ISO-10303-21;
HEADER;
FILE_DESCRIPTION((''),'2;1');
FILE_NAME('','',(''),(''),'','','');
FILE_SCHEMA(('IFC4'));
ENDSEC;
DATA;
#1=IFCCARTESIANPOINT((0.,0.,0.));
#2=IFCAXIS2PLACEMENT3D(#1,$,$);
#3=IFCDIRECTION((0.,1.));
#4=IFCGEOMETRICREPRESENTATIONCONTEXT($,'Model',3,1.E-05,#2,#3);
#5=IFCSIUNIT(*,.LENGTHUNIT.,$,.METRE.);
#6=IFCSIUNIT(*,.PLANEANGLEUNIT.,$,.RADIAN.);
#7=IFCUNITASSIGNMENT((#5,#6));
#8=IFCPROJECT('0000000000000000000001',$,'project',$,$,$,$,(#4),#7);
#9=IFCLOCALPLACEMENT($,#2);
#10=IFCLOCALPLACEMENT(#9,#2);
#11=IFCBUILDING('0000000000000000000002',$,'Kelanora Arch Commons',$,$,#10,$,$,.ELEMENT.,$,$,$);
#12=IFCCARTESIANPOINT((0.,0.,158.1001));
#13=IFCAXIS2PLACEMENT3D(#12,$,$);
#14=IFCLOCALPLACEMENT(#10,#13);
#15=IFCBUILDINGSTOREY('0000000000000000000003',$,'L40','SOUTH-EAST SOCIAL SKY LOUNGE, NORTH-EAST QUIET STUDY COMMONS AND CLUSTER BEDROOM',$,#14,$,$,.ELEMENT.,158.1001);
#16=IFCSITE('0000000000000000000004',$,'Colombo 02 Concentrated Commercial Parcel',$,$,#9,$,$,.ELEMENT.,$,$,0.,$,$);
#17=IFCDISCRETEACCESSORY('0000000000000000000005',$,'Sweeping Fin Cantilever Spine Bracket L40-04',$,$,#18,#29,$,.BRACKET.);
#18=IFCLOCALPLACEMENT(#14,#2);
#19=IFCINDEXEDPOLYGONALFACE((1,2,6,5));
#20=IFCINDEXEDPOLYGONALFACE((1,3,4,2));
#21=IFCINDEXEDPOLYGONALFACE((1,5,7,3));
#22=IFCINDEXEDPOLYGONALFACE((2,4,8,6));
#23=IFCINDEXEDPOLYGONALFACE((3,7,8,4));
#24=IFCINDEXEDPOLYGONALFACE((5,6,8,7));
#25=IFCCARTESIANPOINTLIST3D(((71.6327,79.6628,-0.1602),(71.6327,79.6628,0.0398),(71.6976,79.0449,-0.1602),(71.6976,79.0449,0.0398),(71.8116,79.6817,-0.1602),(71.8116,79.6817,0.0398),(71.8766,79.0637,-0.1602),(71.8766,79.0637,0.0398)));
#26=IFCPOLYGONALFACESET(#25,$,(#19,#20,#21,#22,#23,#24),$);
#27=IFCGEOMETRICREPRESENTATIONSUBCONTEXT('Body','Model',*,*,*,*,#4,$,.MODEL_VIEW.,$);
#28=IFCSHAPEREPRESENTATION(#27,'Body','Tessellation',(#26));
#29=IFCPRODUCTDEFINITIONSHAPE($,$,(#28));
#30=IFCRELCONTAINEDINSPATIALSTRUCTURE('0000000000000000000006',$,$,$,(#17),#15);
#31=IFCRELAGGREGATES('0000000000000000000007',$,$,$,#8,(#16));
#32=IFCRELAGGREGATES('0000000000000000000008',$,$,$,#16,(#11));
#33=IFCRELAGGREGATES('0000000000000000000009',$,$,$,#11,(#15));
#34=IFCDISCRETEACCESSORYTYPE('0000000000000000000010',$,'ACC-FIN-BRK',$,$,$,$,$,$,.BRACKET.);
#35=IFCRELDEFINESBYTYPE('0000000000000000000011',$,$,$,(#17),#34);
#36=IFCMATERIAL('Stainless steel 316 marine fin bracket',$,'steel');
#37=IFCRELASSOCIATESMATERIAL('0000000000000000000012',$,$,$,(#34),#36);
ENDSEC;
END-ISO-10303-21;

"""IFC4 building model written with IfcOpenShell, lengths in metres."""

from ifc_helpers import new_model, si_unit, direction, frame, origin, origin_2d, place, context, subcontext, project, spatial, rectangle, extrude, source, transform, mapped, material, type_object, element, save


model = new_model("IFC4")

# Units and contexts
model_context = context("Model", 3, precision=1e-05, world=origin(), true_north=direction((0.0, 1.0)))
body_context = subcontext(model_context, "Body", "Model", "MODEL_VIEW")
ifc_project = project(units=[si_unit("LENGTHUNIT", "METRE"), si_unit("PLANEANGLEUNIT", "RADIAN")], contexts=[model_context])

# Site, building, storey
site_placement = place(None, origin())
site = spatial("IfcSite", under=ifc_project, at=site_placement, Name="Colombo 02 Concentrated Commercial Parcel", CompositionType="ELEMENT", RefElevation=0.0)
building_placement = place(site_placement, origin())
building = spatial("IfcBuilding", under=site, at=building_placement, Name="Kelanora Arch Commons", CompositionType="ELEMENT")
storey_placement = place(building_placement, frame((0.0, 0.0, 158.1001)))
storey = spatial("IfcBuildingStorey", under=building, at=storey_placement, Name="L40", Description="SOUTH-EAST SOCIAL SKY LOUNGE, NORTH-EAST QUIET STUDY COMMONS AND CLUSTER BEDROOM", CompositionType="ELEMENT", Elevation=158.1001)

# Discrete accessory
ifc_material_1 = material(Name="Stainless steel 316 marine fin bracket", Category="steel")
discrete_accessory_type = type_object("IfcDiscreteAccessoryType", Name="ACC-FIN-BRK", PredefinedType="BRACKET", material=ifc_material_1)
shared_shape_1 = source(origin(), body_context, "Body", "SweptSolid", [
    extrude(rectangle(XDim=0.6213, YDim=0.1799, at=origin_2d()), origin(), (0.0, 0.0, 1.0), 0.2),
])
for number, where, z_axis, x_axis, name in (
    (1, (71.7546, 79.3633, -0.1602), (0.0, 0.0, 1.0), (-0.104528, 0.994522, 0.0), "Sweeping Fin Cantilever Spine Bracket L40-04"),
):
    element("IfcDiscreteAccessory", number, at=place(storey_placement, frame(where, z_axis=z_axis, x_axis=x_axis)), inside=storey, type_object=discrete_accessory_type, Name=name, PredefinedType="BRACKET", context=body_context, shape_type="MappedRepresentation", body=[
        mapped(shared_shape_1, transform((0.0, 0.0, 0.0), scale=1.0)),
    ])

save(model, "model.ifc")
